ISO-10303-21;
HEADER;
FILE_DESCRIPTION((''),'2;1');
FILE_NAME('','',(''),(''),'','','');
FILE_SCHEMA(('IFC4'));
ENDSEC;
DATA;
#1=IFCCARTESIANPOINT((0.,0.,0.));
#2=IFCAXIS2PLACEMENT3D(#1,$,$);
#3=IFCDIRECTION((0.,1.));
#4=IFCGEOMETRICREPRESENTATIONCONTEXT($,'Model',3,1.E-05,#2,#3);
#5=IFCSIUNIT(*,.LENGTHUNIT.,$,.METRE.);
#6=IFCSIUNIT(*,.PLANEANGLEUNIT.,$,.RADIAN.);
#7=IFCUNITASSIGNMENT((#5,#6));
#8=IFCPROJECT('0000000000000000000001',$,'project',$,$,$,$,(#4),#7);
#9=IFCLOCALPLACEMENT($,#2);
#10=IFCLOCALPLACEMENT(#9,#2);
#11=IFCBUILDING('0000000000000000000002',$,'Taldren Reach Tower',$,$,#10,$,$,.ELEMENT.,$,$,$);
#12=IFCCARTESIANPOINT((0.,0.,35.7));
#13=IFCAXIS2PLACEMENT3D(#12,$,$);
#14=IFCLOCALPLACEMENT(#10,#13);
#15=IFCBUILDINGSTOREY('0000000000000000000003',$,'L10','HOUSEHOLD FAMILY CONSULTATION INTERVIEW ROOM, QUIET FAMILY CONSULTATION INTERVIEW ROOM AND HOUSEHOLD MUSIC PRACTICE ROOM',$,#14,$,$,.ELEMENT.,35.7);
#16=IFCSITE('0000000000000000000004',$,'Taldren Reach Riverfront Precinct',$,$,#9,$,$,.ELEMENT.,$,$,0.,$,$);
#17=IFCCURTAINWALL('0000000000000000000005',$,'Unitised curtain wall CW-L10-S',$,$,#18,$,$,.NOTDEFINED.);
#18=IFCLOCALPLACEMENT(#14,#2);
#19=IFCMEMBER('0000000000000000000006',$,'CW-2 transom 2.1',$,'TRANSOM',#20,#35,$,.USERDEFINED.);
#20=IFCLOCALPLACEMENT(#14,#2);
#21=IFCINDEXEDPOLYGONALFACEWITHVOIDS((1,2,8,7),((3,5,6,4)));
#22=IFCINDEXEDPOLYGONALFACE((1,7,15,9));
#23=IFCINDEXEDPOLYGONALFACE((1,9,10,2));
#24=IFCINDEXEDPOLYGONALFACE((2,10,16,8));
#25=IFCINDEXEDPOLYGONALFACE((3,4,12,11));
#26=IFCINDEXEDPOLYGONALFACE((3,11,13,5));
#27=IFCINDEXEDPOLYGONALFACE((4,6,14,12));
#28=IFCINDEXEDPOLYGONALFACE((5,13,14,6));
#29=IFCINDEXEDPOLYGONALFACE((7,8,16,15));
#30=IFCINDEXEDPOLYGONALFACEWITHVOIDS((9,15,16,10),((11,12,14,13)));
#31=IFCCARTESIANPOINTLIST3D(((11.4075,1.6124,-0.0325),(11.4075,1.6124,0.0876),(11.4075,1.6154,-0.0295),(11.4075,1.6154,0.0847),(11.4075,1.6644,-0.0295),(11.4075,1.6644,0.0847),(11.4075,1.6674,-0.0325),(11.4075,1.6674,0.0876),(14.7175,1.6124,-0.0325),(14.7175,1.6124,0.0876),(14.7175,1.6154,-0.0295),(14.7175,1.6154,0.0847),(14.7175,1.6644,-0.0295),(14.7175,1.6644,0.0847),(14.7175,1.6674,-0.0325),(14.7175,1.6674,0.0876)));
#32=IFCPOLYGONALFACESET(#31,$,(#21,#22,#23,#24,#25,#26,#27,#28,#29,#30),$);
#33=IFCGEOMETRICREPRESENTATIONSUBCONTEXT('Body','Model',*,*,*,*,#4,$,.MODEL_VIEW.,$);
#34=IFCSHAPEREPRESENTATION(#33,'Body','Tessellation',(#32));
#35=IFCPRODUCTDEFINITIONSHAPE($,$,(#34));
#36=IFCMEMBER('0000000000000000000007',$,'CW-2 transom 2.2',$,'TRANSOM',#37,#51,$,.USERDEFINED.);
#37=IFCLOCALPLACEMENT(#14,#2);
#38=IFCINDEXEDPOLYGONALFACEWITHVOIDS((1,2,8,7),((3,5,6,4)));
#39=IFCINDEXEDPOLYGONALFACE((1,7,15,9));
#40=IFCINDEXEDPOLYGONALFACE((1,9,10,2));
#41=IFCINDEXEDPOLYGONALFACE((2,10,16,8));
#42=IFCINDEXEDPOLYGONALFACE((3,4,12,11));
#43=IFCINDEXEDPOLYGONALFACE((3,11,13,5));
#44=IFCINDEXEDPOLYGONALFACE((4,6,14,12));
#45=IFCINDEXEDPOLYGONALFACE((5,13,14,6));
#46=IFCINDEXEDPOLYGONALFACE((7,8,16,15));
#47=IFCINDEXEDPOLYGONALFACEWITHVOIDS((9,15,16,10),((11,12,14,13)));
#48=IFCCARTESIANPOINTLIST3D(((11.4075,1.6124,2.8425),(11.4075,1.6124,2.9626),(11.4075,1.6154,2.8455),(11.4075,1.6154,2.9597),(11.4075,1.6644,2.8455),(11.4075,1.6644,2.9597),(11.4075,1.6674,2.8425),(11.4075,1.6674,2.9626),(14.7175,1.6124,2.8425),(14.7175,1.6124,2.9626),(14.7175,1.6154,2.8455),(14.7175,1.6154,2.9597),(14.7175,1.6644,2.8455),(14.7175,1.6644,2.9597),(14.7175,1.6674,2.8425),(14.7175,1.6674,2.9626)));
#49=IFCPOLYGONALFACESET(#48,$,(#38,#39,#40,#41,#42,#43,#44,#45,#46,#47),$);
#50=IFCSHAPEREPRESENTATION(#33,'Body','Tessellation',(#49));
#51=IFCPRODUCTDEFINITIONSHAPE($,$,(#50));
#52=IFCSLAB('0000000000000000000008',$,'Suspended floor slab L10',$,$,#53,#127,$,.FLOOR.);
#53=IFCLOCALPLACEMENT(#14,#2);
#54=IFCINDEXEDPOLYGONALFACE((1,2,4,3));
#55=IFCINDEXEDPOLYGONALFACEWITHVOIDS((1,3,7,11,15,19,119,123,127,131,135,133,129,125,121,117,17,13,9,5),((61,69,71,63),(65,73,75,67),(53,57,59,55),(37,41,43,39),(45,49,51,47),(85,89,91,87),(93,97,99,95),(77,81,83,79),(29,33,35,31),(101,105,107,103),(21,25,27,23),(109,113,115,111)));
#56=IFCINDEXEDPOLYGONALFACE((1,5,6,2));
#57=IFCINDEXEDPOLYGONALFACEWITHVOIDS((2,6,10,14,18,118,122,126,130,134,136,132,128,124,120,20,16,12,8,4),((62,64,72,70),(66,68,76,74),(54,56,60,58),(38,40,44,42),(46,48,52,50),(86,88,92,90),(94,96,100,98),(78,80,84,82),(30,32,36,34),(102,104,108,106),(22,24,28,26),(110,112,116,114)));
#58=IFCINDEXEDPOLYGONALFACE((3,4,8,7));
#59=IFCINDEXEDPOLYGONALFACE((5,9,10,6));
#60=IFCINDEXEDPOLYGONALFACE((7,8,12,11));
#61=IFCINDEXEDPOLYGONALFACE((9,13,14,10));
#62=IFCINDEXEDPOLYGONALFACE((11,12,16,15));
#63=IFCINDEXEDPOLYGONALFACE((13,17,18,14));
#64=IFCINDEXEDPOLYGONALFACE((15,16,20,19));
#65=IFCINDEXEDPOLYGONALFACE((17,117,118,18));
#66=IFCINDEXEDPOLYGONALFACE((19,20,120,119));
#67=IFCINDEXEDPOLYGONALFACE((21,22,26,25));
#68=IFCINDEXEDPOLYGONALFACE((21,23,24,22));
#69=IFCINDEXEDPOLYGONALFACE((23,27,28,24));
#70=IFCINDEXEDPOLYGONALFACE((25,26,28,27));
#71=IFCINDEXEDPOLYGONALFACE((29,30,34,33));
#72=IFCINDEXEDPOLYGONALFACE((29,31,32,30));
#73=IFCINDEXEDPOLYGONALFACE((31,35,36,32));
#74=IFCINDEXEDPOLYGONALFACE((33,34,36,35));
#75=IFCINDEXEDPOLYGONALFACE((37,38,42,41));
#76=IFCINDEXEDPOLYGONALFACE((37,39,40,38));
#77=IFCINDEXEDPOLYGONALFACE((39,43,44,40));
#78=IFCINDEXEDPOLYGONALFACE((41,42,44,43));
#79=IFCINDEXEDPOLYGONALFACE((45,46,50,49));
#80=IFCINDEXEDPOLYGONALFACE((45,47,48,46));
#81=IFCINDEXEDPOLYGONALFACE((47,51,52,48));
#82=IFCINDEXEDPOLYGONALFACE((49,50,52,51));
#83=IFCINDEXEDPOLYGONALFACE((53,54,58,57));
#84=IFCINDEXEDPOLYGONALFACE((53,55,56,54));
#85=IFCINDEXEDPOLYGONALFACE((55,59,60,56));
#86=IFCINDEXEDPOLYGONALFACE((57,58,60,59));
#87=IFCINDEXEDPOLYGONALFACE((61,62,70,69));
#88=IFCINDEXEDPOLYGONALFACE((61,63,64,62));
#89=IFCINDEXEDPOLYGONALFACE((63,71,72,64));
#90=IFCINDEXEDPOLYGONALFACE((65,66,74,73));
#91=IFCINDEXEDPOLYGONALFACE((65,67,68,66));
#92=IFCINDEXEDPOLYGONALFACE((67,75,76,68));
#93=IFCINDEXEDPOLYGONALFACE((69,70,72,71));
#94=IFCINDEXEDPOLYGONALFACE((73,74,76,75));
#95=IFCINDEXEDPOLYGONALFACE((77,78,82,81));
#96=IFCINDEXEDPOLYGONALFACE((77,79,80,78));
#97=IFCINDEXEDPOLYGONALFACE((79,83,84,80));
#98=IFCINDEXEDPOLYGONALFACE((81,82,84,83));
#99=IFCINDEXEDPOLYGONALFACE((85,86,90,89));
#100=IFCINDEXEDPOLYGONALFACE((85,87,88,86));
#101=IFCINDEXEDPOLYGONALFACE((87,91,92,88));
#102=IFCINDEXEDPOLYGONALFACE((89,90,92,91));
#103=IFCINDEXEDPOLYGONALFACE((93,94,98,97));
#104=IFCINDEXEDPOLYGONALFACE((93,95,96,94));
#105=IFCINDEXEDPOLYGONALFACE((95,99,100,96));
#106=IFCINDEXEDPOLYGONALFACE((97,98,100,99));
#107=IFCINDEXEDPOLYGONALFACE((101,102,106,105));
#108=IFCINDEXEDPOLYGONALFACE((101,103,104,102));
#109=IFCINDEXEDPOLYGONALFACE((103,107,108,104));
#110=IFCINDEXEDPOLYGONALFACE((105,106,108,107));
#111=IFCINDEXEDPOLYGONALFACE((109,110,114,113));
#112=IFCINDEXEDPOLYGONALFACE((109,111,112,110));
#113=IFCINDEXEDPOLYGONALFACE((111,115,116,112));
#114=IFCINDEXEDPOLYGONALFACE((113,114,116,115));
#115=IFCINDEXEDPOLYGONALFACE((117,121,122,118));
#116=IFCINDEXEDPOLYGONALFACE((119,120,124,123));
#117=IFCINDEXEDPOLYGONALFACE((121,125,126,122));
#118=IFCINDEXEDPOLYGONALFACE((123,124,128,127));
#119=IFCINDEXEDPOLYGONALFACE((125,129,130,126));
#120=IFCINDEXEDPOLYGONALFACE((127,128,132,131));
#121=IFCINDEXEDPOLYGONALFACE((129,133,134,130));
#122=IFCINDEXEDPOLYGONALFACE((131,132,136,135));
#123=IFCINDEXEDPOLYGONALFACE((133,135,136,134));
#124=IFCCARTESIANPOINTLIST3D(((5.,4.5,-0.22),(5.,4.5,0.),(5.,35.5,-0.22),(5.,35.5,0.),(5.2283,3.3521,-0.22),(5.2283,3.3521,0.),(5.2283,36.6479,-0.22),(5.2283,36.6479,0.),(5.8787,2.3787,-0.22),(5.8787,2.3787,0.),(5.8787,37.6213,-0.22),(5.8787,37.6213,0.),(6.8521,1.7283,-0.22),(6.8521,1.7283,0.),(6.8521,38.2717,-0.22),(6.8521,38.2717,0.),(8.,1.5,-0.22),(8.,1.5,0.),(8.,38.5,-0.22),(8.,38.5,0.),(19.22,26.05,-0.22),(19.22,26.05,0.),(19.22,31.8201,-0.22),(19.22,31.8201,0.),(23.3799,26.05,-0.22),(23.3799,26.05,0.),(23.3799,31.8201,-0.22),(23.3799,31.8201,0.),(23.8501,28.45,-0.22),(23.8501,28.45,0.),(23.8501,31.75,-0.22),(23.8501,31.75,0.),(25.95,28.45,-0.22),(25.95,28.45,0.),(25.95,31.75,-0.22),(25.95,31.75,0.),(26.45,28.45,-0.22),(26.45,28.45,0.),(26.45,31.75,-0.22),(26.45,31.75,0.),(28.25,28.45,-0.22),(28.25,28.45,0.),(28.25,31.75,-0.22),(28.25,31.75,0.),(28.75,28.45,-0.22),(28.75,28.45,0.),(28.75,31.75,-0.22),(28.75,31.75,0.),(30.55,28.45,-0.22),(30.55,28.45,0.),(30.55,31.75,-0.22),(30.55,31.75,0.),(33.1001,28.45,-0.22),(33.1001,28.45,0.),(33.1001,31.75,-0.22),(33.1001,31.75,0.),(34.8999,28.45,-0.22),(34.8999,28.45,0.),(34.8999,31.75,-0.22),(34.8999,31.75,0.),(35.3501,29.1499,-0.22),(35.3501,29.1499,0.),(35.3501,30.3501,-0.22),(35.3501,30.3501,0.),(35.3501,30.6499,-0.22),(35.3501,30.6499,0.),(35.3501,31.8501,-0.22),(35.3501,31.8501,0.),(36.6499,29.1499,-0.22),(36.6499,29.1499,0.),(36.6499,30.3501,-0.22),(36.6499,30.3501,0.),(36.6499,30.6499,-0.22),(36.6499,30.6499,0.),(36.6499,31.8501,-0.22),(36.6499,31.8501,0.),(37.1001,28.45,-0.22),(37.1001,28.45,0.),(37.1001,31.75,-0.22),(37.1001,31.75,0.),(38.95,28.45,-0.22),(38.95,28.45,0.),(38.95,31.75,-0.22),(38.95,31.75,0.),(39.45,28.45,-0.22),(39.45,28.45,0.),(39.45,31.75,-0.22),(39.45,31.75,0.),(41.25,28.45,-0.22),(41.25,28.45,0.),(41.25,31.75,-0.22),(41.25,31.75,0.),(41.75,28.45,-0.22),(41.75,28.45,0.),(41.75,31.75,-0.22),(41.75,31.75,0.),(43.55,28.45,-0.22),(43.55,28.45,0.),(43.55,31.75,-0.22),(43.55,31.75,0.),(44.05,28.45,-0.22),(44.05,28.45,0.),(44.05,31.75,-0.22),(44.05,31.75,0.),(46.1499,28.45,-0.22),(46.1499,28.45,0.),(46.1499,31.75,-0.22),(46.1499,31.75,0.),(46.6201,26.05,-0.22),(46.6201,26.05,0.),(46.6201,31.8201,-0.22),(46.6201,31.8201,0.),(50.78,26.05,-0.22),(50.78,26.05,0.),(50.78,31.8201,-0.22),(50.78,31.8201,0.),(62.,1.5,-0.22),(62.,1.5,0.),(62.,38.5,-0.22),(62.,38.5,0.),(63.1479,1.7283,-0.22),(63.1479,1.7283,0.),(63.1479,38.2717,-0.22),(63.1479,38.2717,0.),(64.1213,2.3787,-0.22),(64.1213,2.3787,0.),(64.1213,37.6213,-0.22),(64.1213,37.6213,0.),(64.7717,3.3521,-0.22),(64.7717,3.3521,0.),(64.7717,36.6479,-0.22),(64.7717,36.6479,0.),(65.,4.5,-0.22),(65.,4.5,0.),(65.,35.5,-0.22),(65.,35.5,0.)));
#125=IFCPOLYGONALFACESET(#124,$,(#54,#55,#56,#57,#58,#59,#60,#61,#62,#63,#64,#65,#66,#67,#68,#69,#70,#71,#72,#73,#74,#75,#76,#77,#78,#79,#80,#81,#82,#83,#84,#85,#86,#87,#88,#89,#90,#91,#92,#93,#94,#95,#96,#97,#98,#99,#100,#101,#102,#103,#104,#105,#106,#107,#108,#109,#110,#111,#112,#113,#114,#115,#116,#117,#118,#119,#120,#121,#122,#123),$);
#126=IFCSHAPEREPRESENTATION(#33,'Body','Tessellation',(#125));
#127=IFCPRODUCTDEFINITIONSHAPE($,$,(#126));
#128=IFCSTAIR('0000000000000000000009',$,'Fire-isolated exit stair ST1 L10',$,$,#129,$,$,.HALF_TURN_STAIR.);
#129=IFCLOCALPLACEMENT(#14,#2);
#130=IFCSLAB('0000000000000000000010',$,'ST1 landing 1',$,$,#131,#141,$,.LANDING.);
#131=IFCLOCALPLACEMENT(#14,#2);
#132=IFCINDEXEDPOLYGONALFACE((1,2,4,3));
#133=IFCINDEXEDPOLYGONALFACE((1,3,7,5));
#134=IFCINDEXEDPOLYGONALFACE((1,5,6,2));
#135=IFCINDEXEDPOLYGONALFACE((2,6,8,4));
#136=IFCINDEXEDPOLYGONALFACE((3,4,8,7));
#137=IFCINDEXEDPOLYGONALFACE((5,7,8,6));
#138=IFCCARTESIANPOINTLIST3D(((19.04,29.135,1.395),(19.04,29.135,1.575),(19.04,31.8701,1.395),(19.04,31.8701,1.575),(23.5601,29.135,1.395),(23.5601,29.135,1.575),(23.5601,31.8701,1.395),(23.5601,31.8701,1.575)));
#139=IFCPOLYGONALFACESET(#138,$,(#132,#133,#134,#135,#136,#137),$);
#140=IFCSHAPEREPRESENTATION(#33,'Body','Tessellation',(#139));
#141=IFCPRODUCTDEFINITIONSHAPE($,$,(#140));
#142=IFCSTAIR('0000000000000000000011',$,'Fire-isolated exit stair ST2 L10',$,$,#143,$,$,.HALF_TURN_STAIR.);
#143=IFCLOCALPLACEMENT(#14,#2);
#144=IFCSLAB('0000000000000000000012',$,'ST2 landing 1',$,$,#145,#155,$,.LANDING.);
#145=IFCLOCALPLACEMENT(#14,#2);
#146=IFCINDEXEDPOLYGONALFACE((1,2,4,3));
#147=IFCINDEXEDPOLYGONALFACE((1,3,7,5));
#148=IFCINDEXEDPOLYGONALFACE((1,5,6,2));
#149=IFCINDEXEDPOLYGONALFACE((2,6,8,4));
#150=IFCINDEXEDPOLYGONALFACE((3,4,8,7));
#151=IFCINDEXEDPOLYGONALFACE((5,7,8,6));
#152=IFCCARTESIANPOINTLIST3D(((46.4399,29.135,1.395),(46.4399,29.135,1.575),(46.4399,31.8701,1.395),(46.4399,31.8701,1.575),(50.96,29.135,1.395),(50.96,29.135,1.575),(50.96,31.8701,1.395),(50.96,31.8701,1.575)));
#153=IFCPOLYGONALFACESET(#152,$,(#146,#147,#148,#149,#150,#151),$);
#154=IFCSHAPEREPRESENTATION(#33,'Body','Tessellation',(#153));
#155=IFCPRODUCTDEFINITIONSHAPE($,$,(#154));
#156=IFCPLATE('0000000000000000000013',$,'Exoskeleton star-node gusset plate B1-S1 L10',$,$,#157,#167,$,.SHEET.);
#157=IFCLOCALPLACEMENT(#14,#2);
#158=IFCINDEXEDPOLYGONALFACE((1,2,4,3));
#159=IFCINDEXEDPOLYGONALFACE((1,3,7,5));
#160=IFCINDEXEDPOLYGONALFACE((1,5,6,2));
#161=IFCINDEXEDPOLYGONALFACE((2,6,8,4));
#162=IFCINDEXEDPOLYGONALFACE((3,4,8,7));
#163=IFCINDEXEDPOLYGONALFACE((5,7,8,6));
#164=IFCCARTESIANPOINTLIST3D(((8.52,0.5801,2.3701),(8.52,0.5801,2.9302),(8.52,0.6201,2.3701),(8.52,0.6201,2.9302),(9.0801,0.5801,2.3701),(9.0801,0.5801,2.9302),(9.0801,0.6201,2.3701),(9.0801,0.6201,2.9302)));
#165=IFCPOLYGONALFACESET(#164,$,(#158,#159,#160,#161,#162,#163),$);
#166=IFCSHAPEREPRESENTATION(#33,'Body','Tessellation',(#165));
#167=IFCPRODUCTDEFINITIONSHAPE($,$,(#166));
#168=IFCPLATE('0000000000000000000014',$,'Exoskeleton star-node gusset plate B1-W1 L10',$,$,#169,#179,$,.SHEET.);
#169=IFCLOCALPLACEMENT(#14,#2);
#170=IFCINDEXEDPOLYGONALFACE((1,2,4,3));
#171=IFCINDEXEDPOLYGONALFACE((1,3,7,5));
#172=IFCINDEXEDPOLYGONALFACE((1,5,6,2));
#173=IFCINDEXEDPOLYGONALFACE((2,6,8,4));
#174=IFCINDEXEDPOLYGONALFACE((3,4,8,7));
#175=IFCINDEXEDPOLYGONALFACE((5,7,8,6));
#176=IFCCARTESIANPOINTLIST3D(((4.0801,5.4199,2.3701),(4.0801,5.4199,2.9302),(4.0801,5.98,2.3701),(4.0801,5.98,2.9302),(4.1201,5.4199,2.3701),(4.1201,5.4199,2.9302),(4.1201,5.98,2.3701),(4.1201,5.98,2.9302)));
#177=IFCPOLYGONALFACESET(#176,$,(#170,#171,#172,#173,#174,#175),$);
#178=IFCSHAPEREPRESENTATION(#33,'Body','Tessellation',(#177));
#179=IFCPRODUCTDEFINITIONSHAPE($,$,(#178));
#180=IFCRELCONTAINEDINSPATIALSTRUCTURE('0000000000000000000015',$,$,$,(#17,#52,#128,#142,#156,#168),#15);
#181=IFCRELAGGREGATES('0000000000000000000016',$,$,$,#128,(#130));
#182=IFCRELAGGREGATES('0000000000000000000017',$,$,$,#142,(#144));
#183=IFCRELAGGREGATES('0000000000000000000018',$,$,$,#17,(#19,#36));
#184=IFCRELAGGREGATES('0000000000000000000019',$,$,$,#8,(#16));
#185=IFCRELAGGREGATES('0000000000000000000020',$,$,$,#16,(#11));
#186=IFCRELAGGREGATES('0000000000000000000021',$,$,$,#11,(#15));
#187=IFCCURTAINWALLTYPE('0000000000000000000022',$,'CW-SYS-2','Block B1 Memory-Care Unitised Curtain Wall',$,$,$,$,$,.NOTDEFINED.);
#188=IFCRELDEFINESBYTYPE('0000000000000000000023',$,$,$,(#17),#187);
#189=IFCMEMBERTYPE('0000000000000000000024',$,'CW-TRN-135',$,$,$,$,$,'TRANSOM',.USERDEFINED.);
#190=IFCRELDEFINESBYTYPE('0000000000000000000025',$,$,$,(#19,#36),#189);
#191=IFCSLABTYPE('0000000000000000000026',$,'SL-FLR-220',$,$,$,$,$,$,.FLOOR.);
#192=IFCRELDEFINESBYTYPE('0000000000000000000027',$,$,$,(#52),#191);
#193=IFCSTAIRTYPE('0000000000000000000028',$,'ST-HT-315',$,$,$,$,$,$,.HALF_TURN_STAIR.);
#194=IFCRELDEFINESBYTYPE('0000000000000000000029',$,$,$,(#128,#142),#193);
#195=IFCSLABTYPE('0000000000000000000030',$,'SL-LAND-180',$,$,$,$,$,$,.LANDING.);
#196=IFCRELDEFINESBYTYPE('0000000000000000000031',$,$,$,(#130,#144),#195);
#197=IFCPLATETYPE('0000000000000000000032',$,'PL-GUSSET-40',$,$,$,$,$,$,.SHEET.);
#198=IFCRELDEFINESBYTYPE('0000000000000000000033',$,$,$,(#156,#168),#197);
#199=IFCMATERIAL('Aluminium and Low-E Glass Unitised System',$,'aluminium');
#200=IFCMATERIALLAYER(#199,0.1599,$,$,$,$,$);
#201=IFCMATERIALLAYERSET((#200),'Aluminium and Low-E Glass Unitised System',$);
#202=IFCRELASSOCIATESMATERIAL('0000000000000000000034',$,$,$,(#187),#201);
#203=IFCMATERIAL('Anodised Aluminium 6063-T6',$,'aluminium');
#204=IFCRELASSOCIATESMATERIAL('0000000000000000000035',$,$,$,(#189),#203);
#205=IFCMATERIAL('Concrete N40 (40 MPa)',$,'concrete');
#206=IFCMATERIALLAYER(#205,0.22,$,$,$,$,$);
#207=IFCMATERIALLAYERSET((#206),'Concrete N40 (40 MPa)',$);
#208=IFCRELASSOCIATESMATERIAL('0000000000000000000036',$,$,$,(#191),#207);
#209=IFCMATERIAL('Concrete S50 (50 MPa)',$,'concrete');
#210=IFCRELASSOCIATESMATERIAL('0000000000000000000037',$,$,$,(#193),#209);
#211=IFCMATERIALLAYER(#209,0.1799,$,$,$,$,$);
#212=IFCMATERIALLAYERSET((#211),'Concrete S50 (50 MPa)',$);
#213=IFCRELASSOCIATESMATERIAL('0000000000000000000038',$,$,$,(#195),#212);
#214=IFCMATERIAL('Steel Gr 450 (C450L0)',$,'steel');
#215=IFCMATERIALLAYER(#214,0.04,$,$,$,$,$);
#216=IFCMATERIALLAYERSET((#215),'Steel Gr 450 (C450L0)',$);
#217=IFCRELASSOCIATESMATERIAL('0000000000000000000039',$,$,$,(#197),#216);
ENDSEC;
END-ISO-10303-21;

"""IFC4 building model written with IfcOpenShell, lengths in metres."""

from ifc_helpers import new_model, si_unit, direction, frame, origin, origin_2d, place, context, subcontext, project, spatial, polyline, rectangle, hollow_rectangle, outline, extrude, source, transform, mapped, material, layer, layer_set, material_profile, profile_set, type_object, element, aggregate, save


model = new_model("IFC4")

# Units and contexts
model_context = context("Model", 3, precision=1e-05, world=origin(), true_north=direction((0.0, 1.0)))
body_context = subcontext(model_context, "Body", "Model", "MODEL_VIEW")
ifc_project = project(units=[si_unit("LENGTHUNIT", "METRE"), si_unit("PLANEANGLEUNIT", "RADIAN")], contexts=[model_context])

# Site, building, storey
site_placement = place(None, origin())
site = spatial("IfcSite", under=ifc_project, at=site_placement, Name="Taldren Reach Riverfront Precinct", CompositionType="ELEMENT", RefElevation=0.0)
building_placement = place(site_placement, origin())
building = spatial("IfcBuilding", under=site, at=building_placement, Name="Taldren Reach Tower", CompositionType="ELEMENT")
storey_placement = place(building_placement, frame((0.0, 0.0, 35.7)))
storey = spatial("IfcBuildingStorey", under=building, at=storey_placement, Name="L10", Description="HOUSEHOLD FAMILY CONSULTATION INTERVIEW ROOM, QUIET FAMILY CONSULTATION INTERVIEW ROOM AND HOUSEHOLD MUSIC PRACTICE ROOM", CompositionType="ELEMENT", Elevation=35.7)

# Shared definitions
ifc_material_1 = material(Name="Steel Gr 450 (C450L0)", Category="steel")

# Curtain wall
ifc_material_2 = material(Name="Aluminium and Low-E Glass Unitised System", Category="aluminium")
ifc_layer_1 = layer(ifc_material_2, 0.1599)
ifc_layer_set_1 = layer_set([ifc_layer_1], Name="Aluminium and Low-E Glass Unitised System")
curtain_wall_type = type_object("IfcCurtainWallType", Name="CW-SYS-2", Description="Block B1 Memory-Care Unitised Curtain Wall", PredefinedType="NOTDEFINED", material=ifc_layer_set_1)
curtain_wall_1_placement = place(storey_placement, origin())
curtain_wall_1 = element("IfcCurtainWall", 1, at=curtain_wall_1_placement, inside=storey, type_object=curtain_wall_type, Name="Unitised curtain wall CW-L10-S", PredefinedType="NOTDEFINED")
ifc_material_3 = material(Name="Anodised Aluminium 6063-T6", Category="aluminium")

# Members
ifc_material_profile_1 = material_profile(ifc_material_3, hollow_rectangle(XDim=0.0549, YDim=0.1201, WallThickness=0.0029, at=origin_2d()), Name="ALU-120x55x3RHS")
ifc_profile_set_1 = profile_set([ifc_material_profile_1], Name="Anodised Aluminium 6063-T6")
member_type_1 = type_object("IfcMemberType", Name="CW-TRN-135", ElementType="TRANSOM", PredefinedType="USERDEFINED", material=ifc_profile_set_1)
shared_shape_1 = source(origin(), body_context, "Body", "SweptSolid", [
    extrude(hollow_rectangle(XDim=0.0549, YDim=0.1201, WallThickness=0.0029, at=origin_2d()), origin(), (0.0, 0.0, 1.0), 3.3101),
])
member_1_placement = place(storey_placement, frame((11.4075, 1.6399, 0.0276), z_axis=(1.0, 0.0, 0.0), x_axis=(0.0, 1.0, 0.0)))
member_1 = element("IfcMember", 2, at=member_1_placement, type_object=member_type_1, Name="CW-2 transom 2.1", ObjectType="TRANSOM", PredefinedType="USERDEFINED", context=body_context, shape_type="MappedRepresentation", body=[
    mapped(shared_shape_1, transform((0.0, 0.0, 0.0), scale=1.0)),
])
member_2_placement = place(storey_placement, frame((11.4075, 1.6399, 2.9026), z_axis=(1.0, 0.0, 0.0), x_axis=(0.0, 1.0, 0.0)))
member_2 = element("IfcMember", 3, at=member_2_placement, type_object=member_type_1, Name="CW-2 transom 2.2", ObjectType="TRANSOM", PredefinedType="USERDEFINED", context=body_context, shape_type="MappedRepresentation", body=[
    mapped(shared_shape_1, transform((0.0, 0.0, 0.0), scale=1.0)),
])

# Slab
ifc_material_4 = material(Name="Concrete N40 (40 MPa)", Category="concrete")
ifc_layer_2 = layer(ifc_material_4, 0.22)
ifc_layer_set_2 = layer_set([ifc_layer_2], Name="Concrete N40 (40 MPa)")
slab_type_1 = type_object("IfcSlabType", Name="SL-FLR-220", PredefinedType="FLOOR", material=ifc_layer_set_2)
slab_1_placement = place(storey_placement, frame((0.0, 0.0, -0.22)))
element("IfcSlab", 4, at=slab_1_placement, inside=storey, type_object=slab_type_1, Name="Suspended floor slab L10", PredefinedType="FLOOR", context=body_context, shape_type="SweptSolid", body=[
    extrude(outline(polyline([(62.0, 1.5), (63.1479, 1.7283), (64.1213, 2.3787), (64.7717, 3.3521), (65.0, 4.5), (65.0, 35.5), (64.7717, 36.6479), (64.1213, 37.6213), (63.1479, 38.2717), (62.0, 38.5), (8.0, 38.5), (6.8521, 38.2717), (5.8787, 37.6213), (5.2283, 36.6479), (5.0, 35.5), (5.0, 4.5), (5.2283, 3.3521), (5.8787, 2.3787), (6.8521, 1.7283), (8.0, 1.5), (62.0, 1.5)]), holes=[polyline([(19.22, 26.05), (23.3799, 26.05), (23.3799, 31.8201), (19.22, 31.8201), (19.22, 26.05)]), polyline([(46.6201, 26.05), (50.78, 26.05), (50.78, 31.8201), (46.6201, 31.8201), (46.6201, 26.05)]), polyline([(23.8501, 28.45), (25.95, 28.45), (25.95, 31.75), (23.8501, 31.75), (23.8501, 28.45)]), polyline([(44.05, 28.45), (46.1499, 28.45), (46.1499, 31.75), (44.05, 31.75), (44.05, 28.45)]), polyline([(26.45, 28.45), (28.25, 28.45), (28.25, 31.75), (26.45, 31.75), (26.45, 28.45)]), polyline([(28.75, 28.45), (30.55, 28.45), (30.55, 31.75), (28.75, 31.75), (28.75, 28.45)]), polyline([(33.1001, 28.45), (34.8999, 28.45), (34.8999, 31.75), (33.1001, 31.75), (33.1001, 28.45)]), polyline([(37.1001, 28.45), (38.95, 28.45), (38.95, 31.75), (37.1001, 31.75), (37.1001, 28.45)]), polyline([(39.45, 28.45), (41.25, 28.45), (41.25, 31.75), (39.45, 31.75), (39.45, 28.45)]), polyline([(41.75, 28.45), (43.55, 28.45), (43.55, 31.75), (41.75, 31.75), (41.75, 28.45)]), polyline([(35.3501, 30.6499), (36.6499, 30.6499), (36.6499, 31.8501), (35.3501, 31.8501), (35.3501, 30.6499)]), polyline([(35.3501, 29.1499), (36.6499, 29.1499), (36.6499, 30.3501), (35.3501, 30.3501), (35.3501, 29.1499)])]), origin(), (0.0, 0.0, 1.0), 0.22),
])

# Stairs, slabs
ifc_material_5 = material(Name="Concrete S50 (50 MPa)", Category="concrete")
stair_type = type_object("IfcStairType", Name="ST-HT-315", PredefinedType="HALF_TURN_STAIR", material=ifc_material_5)
stair_1_placement = place(storey_placement, origin())
stair_1 = element("IfcStair", 5, at=stair_1_placement, inside=storey, type_object=stair_type, Name="Fire-isolated exit stair ST1 L10", PredefinedType="HALF_TURN_STAIR")
ifc_layer_3 = layer(ifc_material_5, 0.1799)
ifc_layer_set_3 = layer_set([ifc_layer_3], Name="Concrete S50 (50 MPa)")
slab_type_2 = type_object("IfcSlabType", Name="SL-LAND-180", PredefinedType="LANDING", material=ifc_layer_set_3)
slab_2_placement = place(storey_placement, frame((0.0, 0.0, 1.395)))
slab_2 = element("IfcSlab", 6, at=slab_2_placement, type_object=slab_type_2, Name="ST1 landing 1", PredefinedType="LANDING", context=body_context, shape_type="SweptSolid", body=[
    extrude(outline(polyline([(19.04, 29.135), (23.5601, 29.135), (23.5601, 31.8701), (19.04, 31.8701), (19.04, 29.135)])), origin(), (0.0, 0.0, 1.0), 0.1799),
])
aggregate(stair_1, [slab_2])
stair_2_placement = place(storey_placement, origin())
stair_2 = element("IfcStair", 7, at=stair_2_placement, inside=storey, type_object=stair_type, Name="Fire-isolated exit stair ST2 L10", PredefinedType="HALF_TURN_STAIR")
slab_3_placement = place(storey_placement, frame((0.0, 0.0, 1.395)))
slab_3 = element("IfcSlab", 8, at=slab_3_placement, type_object=slab_type_2, Name="ST2 landing 1", PredefinedType="LANDING", context=body_context, shape_type="SweptSolid", body=[
    extrude(outline(polyline([(46.4399, 29.135), (50.96, 29.135), (50.96, 31.8701), (46.4399, 31.8701), (46.4399, 29.135)])), origin(), (0.0, 0.0, 1.0), 0.1799),
])
aggregate(stair_2, [slab_3])

# Plates
ifc_layer_4 = layer(ifc_material_1, 0.04)
ifc_layer_set_4 = layer_set([ifc_layer_4], Name="Steel Gr 450 (C450L0)")
plate_type_1 = type_object("IfcPlateType", Name="PL-GUSSET-40", PredefinedType="SHEET", material=ifc_layer_set_4)
shared_shape_2 = source(origin(), body_context, "Body", "SweptSolid", [
    extrude(rectangle(XDim=0.5601, YDim=0.04, at=origin_2d()), origin(), (0.0, 0.0, 1.0), 0.5601),
])
for number, where, z_axis, x_axis, name in (
    (9, (8.8, 0.6001, 2.3701), (0.0, 0.0, 1.0), (1.0, 0.0, 0.0), "Exoskeleton star-node gusset plate B1-S1 L10"),
    (10, (4.1001, 5.7, 2.3701), (0.0, 0.0, 1.0), (0.0, 1.0, 0.0), "Exoskeleton star-node gusset plate B1-W1 L10"),
):
    element("IfcPlate", number, at=place(storey_placement, frame(where, z_axis=z_axis, x_axis=x_axis)), inside=storey, type_object=plate_type_1, Name=name, PredefinedType="SHEET", context=body_context, shape_type="MappedRepresentation", body=[
        mapped(shared_shape_2, transform((0.0, 0.0, 0.0), scale=1.0)),
    ])

aggregate(curtain_wall_1, [member_1, member_2])

save(model, "model.ifc")
